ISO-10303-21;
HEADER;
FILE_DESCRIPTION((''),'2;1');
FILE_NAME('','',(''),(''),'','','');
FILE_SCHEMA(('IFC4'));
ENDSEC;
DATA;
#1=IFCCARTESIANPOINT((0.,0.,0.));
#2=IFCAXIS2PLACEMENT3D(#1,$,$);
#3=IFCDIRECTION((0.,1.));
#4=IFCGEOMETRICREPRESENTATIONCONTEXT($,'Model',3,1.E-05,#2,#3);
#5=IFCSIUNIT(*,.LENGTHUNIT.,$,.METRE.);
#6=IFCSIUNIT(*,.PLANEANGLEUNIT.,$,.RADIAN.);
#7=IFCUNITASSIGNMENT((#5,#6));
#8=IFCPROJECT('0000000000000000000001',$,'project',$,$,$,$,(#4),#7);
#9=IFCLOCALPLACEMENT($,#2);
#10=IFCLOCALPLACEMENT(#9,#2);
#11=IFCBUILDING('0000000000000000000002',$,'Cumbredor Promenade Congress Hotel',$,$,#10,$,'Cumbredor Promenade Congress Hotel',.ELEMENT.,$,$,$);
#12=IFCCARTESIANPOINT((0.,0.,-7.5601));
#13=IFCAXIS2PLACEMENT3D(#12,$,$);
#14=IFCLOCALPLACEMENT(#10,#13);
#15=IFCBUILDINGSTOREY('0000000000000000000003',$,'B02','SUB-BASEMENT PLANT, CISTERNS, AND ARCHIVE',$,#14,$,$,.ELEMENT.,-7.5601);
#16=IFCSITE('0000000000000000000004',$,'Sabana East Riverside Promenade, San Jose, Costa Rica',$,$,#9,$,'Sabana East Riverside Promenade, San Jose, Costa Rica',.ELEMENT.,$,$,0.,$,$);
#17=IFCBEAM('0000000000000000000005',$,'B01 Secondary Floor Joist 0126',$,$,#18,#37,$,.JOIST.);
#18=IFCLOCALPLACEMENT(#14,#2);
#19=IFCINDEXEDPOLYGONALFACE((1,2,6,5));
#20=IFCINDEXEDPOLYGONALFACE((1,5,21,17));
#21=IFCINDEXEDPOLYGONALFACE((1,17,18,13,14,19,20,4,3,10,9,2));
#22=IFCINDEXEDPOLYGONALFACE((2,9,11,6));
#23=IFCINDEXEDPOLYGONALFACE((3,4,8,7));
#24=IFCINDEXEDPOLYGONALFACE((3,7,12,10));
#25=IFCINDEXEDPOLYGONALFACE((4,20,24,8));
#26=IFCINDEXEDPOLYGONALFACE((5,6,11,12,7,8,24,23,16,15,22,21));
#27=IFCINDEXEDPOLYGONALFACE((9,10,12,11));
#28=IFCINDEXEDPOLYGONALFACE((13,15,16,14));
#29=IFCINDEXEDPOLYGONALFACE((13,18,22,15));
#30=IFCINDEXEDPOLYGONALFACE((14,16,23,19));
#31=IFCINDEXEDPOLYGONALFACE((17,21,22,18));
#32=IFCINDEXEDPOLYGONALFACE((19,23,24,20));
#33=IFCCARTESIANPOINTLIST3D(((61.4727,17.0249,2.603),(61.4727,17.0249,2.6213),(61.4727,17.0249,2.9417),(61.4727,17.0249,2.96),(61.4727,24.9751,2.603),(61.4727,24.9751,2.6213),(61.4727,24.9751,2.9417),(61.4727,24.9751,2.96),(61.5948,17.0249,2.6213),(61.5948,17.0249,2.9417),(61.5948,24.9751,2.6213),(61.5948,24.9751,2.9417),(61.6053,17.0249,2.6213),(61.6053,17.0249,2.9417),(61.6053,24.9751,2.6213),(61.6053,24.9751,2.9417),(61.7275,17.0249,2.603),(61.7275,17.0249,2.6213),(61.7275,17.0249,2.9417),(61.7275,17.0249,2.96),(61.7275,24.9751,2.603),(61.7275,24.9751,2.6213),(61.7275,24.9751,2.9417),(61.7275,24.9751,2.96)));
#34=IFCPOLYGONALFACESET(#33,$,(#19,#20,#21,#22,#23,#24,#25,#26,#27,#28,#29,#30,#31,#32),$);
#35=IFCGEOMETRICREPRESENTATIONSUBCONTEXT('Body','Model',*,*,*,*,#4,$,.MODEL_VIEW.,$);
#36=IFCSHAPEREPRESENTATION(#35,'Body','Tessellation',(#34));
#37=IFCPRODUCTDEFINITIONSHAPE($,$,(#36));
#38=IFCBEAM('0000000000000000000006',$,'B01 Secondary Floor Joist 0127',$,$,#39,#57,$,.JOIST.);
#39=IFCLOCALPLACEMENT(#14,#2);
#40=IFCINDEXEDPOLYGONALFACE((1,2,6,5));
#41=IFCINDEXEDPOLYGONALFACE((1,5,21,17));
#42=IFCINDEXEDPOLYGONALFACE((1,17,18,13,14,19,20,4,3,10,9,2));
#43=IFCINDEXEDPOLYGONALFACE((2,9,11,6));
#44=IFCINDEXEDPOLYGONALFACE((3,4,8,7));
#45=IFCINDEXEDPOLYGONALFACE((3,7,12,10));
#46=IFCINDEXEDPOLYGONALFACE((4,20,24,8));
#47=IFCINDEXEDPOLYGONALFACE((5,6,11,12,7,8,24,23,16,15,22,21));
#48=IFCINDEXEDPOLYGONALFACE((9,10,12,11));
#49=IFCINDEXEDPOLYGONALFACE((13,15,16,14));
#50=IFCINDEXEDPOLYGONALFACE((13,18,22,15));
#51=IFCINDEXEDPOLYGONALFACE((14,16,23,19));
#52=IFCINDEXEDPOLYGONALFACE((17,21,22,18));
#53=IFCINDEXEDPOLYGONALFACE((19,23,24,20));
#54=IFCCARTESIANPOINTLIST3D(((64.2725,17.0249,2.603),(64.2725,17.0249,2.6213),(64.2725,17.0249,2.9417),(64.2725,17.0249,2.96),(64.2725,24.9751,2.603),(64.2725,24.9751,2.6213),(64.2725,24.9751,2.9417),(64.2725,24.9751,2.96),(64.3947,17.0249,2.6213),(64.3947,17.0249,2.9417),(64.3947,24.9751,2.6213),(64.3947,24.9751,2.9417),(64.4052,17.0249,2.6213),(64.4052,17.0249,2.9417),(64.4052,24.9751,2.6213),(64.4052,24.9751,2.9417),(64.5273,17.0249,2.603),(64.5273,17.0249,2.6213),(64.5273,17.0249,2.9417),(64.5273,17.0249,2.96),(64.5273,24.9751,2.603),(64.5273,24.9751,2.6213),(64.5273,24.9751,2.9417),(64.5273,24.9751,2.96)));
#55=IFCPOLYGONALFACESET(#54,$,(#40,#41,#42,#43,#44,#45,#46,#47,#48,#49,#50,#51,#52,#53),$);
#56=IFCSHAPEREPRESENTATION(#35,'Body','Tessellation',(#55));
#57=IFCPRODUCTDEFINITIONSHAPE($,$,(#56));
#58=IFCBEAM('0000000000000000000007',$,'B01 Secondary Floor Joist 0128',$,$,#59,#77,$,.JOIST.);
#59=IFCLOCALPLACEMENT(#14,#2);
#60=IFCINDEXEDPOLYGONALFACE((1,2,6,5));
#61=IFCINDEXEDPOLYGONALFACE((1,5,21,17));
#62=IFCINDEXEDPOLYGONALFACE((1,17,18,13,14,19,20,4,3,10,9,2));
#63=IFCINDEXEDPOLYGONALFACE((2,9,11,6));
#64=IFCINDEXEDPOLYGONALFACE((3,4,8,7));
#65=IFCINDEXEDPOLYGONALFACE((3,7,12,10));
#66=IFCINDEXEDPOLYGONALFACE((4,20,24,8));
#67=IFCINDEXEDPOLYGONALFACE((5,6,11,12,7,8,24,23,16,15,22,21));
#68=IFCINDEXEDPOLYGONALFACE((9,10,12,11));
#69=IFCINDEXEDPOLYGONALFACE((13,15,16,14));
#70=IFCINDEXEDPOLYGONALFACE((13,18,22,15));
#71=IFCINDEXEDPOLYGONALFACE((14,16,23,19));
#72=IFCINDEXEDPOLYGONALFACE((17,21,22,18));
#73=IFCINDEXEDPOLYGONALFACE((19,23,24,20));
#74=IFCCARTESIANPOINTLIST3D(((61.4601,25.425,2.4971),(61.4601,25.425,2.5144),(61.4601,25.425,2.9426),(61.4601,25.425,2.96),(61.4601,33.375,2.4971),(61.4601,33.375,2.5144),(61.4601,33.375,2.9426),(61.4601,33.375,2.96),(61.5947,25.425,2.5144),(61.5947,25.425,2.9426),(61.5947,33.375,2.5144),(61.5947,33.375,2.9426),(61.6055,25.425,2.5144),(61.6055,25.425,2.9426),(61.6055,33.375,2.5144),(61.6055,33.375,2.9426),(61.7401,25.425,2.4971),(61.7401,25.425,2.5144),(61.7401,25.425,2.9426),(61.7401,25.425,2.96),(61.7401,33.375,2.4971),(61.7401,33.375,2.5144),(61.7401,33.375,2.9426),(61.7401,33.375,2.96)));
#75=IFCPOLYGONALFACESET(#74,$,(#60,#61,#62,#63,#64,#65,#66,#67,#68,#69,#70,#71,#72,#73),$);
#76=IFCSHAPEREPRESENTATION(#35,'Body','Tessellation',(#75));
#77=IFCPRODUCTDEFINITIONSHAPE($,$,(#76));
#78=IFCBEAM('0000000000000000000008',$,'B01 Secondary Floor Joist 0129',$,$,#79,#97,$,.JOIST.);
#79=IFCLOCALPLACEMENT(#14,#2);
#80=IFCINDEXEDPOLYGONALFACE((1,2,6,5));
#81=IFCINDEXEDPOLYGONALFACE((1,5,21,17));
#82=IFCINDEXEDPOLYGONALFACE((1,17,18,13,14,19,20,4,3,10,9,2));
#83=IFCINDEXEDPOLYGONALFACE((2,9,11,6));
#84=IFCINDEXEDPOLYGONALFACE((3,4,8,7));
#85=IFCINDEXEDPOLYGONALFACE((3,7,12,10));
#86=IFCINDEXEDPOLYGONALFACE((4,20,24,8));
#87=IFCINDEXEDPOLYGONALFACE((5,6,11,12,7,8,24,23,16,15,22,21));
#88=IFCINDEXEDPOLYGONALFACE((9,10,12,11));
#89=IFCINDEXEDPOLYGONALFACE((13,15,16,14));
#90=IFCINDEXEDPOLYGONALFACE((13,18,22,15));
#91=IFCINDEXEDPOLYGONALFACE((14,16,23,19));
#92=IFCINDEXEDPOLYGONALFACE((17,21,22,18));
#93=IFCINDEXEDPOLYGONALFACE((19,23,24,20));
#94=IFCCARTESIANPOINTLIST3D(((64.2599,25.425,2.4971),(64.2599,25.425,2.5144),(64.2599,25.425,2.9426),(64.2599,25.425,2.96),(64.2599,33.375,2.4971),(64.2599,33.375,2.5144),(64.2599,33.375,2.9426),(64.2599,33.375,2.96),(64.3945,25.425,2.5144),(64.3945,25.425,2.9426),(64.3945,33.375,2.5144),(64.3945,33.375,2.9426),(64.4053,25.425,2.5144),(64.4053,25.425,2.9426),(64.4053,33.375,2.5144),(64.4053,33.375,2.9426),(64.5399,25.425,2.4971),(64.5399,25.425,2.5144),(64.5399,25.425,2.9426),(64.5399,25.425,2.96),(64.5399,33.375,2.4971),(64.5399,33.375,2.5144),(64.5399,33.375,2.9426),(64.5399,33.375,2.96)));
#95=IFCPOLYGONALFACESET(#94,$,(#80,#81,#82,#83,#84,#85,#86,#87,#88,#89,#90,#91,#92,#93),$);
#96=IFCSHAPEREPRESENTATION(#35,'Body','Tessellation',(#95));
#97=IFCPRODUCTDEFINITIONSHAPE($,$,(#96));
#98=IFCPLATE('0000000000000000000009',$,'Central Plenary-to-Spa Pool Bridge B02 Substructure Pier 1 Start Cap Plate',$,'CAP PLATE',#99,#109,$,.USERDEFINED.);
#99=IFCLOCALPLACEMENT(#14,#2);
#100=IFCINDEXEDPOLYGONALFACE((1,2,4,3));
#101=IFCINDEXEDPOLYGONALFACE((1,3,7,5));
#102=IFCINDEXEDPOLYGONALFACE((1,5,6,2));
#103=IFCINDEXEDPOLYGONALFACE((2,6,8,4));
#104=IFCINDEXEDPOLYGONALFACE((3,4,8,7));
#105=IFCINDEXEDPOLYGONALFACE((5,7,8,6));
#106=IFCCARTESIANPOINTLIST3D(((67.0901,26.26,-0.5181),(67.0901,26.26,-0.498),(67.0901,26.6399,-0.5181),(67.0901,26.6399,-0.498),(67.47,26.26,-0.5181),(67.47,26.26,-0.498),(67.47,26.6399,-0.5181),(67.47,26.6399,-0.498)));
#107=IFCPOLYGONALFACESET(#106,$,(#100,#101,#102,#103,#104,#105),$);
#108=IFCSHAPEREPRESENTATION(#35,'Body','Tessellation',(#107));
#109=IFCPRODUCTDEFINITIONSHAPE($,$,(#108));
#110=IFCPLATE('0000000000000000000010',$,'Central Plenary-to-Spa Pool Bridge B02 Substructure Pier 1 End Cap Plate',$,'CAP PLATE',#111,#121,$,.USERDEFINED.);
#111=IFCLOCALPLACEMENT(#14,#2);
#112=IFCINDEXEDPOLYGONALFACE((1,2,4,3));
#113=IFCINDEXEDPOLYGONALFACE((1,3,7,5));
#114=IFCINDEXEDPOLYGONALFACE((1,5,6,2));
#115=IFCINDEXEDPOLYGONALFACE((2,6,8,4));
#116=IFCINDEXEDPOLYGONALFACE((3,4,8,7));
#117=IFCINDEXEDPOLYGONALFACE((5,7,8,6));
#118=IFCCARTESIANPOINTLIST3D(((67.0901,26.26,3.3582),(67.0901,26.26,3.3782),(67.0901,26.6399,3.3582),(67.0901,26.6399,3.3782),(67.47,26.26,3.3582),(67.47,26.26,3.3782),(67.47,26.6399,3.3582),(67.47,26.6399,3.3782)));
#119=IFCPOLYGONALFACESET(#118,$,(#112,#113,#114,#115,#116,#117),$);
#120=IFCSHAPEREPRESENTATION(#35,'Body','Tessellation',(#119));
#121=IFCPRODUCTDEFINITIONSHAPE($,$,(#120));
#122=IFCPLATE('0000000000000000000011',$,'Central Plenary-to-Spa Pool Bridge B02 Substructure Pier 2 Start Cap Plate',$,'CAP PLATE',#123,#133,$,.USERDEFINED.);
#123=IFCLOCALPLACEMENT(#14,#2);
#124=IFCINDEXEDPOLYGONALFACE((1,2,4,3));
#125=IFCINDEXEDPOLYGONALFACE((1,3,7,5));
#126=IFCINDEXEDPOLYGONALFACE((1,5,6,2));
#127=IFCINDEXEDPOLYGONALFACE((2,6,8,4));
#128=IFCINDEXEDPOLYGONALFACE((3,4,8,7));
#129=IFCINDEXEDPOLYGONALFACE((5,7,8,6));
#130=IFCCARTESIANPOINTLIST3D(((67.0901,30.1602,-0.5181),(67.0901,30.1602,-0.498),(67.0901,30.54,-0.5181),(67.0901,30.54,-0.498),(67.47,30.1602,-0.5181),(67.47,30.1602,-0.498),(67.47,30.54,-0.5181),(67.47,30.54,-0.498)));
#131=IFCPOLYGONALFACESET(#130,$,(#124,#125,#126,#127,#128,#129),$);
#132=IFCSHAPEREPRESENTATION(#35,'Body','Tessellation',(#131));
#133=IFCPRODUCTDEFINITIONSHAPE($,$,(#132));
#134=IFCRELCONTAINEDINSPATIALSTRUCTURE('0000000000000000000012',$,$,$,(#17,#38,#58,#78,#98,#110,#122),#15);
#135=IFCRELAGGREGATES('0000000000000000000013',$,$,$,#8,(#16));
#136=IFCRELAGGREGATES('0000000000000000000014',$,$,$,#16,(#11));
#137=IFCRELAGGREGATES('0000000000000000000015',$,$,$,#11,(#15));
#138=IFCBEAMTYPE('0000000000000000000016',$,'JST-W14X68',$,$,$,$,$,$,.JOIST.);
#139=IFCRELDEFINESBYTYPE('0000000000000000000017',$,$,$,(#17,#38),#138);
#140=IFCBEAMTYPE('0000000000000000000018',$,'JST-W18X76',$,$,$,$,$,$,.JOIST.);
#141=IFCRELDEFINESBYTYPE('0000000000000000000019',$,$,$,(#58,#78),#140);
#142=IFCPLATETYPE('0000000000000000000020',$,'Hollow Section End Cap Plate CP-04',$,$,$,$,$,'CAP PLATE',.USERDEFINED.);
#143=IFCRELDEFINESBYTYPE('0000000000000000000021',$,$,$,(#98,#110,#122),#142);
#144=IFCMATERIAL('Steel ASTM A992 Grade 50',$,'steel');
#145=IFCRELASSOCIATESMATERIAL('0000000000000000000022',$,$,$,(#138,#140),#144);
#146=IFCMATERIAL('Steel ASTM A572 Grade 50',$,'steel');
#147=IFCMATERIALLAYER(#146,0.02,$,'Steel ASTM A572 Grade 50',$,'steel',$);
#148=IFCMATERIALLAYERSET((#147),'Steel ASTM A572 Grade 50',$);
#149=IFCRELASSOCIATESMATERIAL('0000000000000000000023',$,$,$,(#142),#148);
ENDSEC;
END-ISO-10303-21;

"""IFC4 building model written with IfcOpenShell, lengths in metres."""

from ifc_helpers import new_model, si_unit, direction, frame, origin, origin_2d, place, context, subcontext, project, spatial, rectangle, i_section, extrude, material, layer, layer_set, material_profile, profile_set, type_object, element, save


model = new_model("IFC4")

# Units and contexts
model_context = context("Model", 3, precision=1e-05, world=origin(), true_north=direction((0.0, 1.0)))
body_context = subcontext(model_context, "Body", "Model", "MODEL_VIEW")
ifc_project = project(units=[si_unit("LENGTHUNIT", "METRE"), si_unit("PLANEANGLEUNIT", "RADIAN")], contexts=[model_context])

# Site, building, storey
site_placement = place(None, origin())
site = spatial("IfcSite", under=ifc_project, at=site_placement, Name="Sabana East Riverside Promenade, San Jose, Costa Rica", LongName="Sabana East Riverside Promenade, San Jose, Costa Rica", CompositionType="ELEMENT", RefElevation=0.0)
building_placement = place(site_placement, origin())
building = spatial("IfcBuilding", under=site, at=building_placement, Name="Cumbredor Promenade Congress Hotel", LongName="Cumbredor Promenade Congress Hotel", CompositionType="ELEMENT")
storey_placement = place(building_placement, frame((0.0, 0.0, -7.5601)))
storey = spatial("IfcBuildingStorey", under=building, at=storey_placement, Name="B02", Description="SUB-BASEMENT PLANT, CISTERNS, AND ARCHIVE", CompositionType="ELEMENT", Elevation=-7.5601)

# Beams
ifc_material_1 = material(Name="Steel ASTM A992 Grade 50", Category="steel")
ifc_material_profile_1 = material_profile(ifc_material_1, i_section(OverallWidth=0.2549, OverallDepth=0.3569, WebThickness=0.0105, FlangeThickness=0.0183, at=origin_2d()), Name="W14X68")
ifc_profile_set_1 = profile_set([ifc_material_profile_1], Name="Steel ASTM A992 Grade 50")
beam_type_1 = type_object("IfcBeamType", Name="JST-W14X68", PredefinedType="JOIST", material=ifc_profile_set_1)
for number, where, z_axis, x_axis, name in (
    (1, (61.6001, 17.0249, 2.7815), (0.0, 1.0, 0.0), (-1.0, 0.0, 0.0), "B01 Secondary Floor Joist 0126"),
    (2, (64.3999, 17.0249, 2.7815), (0.0, 1.0, 0.0), (-1.0, 0.0, 0.0), "B01 Secondary Floor Joist 0127"),
):
    element("IfcBeam", number, at=place(storey_placement, frame(where, z_axis=z_axis, x_axis=x_axis)), inside=storey, type_object=beam_type_1, Name=name, PredefinedType="JOIST", context=body_context, shape_type="SweptSolid", body=[
        extrude(i_section(OverallWidth=0.2549, OverallDepth=0.3569, WebThickness=0.0105, FlangeThickness=0.0183, at=origin_2d()), origin(), (0.0, 0.0, 1.0), 7.9502),
    ])
ifc_material_profile_2 = material_profile(ifc_material_1, i_section(OverallWidth=0.28, OverallDepth=0.4629, WebThickness=0.0107, FlangeThickness=0.0173, at=origin_2d()), Name="W18X76")
ifc_profile_set_2 = profile_set([ifc_material_profile_2], Name="Steel ASTM A992 Grade 50")
beam_type_2 = type_object("IfcBeamType", Name="JST-W18X76", PredefinedType="JOIST", material=ifc_profile_set_2)
for number, where, z_axis, x_axis, name in (
    (3, (61.6001, 25.425, 2.7285), (0.0, 1.0, 0.0), (-1.0, 0.0, 0.0), "B01 Secondary Floor Joist 0128"),
    (4, (64.3999, 25.425, 2.7285), (0.0, 1.0, 0.0), (-1.0, 0.0, 0.0), "B01 Secondary Floor Joist 0129"),
):
    element("IfcBeam", number, at=place(storey_placement, frame(where, z_axis=z_axis, x_axis=x_axis)), inside=storey, type_object=beam_type_2, Name=name, PredefinedType="JOIST", context=body_context, shape_type="SweptSolid", body=[
        extrude(i_section(OverallWidth=0.28, OverallDepth=0.4629, WebThickness=0.0107, FlangeThickness=0.0173, at=origin_2d()), origin(), (0.0, 0.0, 1.0), 7.95),
    ])

# Plates
ifc_material_2 = material(Name="Steel ASTM A572 Grade 50", Category="steel")
ifc_layer = layer(ifc_material_2, 0.02, Name="Steel ASTM A572 Grade 50", Category="steel")
ifc_layer_set = layer_set([ifc_layer], Name="Steel ASTM A572 Grade 50")
plate_type = type_object("IfcPlateType", Name="Hollow Section End Cap Plate CP-04", ElementType="CAP PLATE", PredefinedType="USERDEFINED", material=ifc_layer_set)
for number, where, z_axis, x_axis, name in (
    (5, (67.28, 26.45, -0.5181), (0.0, 0.0, 1.0), (1.0, 0.0, 0.0), "Central Plenary-to-Spa Pool Bridge B02 Substructure Pier 1 Start Cap Plate"),
    (6, (67.28, 26.45, 3.3582), (0.0, 0.0, 1.0), (1.0, 0.0, 0.0), "Central Plenary-to-Spa Pool Bridge B02 Substructure Pier 1 End Cap Plate"),
    (7, (67.28, 30.3501, -0.5181), (0.0, 0.0, 1.0), (1.0, 0.0, 0.0), "Central Plenary-to-Spa Pool Bridge B02 Substructure Pier 2 Start Cap Plate"),
):
    element("IfcPlate", number, at=place(storey_placement, frame(where, z_axis=z_axis, x_axis=x_axis)), inside=storey, type_object=plate_type, Name=name, ObjectType="CAP PLATE", PredefinedType="USERDEFINED", context=body_context, shape_type="SweptSolid", body=[
        extrude(rectangle(XDim=0.3799, YDim=0.3799, at=origin_2d()), origin(), (0.0, 0.0, 1.0), 0.02),
    ])

save(model, "model.ifc")
